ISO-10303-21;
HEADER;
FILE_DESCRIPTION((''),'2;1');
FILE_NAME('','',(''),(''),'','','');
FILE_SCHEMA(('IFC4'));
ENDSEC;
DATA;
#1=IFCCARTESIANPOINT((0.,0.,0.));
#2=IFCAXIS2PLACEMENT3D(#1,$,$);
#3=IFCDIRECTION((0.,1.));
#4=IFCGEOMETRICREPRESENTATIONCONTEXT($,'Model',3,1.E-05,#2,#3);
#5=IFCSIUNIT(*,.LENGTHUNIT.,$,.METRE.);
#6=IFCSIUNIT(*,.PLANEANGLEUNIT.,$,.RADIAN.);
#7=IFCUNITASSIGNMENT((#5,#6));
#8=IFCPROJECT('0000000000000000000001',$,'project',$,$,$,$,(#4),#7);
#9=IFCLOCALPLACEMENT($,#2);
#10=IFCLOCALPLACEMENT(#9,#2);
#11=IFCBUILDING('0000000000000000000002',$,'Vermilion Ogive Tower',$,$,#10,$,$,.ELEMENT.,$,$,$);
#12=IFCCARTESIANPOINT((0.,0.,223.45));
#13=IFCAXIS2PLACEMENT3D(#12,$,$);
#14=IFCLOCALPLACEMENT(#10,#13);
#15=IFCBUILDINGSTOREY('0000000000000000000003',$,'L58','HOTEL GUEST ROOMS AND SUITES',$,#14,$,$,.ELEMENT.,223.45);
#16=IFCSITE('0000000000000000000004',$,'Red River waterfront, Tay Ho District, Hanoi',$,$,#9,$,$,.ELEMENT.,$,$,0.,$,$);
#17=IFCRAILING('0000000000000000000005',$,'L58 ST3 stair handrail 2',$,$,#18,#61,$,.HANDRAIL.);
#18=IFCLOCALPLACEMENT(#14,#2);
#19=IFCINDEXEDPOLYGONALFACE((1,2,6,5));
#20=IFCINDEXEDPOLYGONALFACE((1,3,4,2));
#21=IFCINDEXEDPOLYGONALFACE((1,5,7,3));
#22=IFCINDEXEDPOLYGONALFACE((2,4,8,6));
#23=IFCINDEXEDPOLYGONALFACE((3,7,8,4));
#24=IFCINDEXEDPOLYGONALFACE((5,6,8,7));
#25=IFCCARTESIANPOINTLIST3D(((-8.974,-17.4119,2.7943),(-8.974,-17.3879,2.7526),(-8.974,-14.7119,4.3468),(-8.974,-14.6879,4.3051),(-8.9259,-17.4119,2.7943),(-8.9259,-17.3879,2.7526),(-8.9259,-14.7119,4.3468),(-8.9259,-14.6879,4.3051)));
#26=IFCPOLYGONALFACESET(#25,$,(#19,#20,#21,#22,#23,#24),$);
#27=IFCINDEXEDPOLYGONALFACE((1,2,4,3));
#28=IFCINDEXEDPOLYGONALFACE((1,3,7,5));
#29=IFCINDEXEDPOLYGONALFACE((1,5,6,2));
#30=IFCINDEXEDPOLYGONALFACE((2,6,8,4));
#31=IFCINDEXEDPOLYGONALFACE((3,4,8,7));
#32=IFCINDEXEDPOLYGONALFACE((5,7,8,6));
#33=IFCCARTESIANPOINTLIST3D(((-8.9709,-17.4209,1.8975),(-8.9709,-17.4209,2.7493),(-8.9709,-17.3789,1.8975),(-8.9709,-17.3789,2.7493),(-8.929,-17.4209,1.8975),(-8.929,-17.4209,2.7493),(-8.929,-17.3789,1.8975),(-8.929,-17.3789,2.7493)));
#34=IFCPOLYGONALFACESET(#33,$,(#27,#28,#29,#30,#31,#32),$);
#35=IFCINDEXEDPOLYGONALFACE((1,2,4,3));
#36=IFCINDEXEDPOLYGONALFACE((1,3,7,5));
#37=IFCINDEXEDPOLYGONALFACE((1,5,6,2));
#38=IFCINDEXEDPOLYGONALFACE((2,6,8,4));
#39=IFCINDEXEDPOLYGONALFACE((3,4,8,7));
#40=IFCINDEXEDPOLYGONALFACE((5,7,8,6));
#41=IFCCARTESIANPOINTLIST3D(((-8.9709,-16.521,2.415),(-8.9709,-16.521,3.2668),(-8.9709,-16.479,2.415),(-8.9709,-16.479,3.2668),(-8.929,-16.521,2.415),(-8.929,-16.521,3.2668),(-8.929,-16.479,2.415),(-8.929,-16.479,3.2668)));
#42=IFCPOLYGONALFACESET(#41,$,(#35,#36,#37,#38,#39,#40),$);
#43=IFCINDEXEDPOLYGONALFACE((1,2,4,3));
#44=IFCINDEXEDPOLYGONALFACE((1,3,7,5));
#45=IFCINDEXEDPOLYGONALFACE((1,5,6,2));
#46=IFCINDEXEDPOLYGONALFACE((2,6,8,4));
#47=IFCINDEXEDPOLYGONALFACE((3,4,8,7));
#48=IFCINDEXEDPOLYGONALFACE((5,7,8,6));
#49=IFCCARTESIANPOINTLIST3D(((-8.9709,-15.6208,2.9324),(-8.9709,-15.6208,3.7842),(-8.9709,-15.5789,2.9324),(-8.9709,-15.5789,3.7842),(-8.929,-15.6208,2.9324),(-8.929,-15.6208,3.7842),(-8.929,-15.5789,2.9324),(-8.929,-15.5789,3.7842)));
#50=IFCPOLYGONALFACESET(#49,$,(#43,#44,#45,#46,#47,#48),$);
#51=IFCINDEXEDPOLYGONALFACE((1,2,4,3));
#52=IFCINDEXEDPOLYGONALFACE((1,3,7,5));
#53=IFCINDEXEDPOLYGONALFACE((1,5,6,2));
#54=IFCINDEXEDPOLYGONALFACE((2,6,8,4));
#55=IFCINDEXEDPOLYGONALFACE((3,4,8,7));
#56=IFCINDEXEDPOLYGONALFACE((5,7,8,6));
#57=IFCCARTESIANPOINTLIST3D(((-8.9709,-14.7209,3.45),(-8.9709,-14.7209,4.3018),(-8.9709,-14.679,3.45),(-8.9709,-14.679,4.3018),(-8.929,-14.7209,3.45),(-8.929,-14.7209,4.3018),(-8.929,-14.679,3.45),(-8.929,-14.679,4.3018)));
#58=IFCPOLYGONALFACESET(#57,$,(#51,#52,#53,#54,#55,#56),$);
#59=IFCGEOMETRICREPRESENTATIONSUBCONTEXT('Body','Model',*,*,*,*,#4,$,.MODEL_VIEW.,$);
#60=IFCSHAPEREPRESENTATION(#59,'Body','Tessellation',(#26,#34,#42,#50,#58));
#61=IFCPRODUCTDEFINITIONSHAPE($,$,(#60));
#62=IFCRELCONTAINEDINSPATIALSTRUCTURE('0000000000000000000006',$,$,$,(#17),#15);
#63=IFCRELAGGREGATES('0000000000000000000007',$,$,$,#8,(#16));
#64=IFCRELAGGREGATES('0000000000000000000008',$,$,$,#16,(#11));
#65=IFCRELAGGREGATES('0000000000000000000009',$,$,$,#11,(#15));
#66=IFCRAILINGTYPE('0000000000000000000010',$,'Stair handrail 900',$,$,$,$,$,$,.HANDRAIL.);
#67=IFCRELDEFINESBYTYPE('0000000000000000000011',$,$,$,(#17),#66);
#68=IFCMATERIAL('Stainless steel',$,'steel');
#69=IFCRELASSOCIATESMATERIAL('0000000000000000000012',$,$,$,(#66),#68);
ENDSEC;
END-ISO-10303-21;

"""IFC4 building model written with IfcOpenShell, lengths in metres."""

from ifc_helpers import new_model, si_unit, direction, frame, origin, origin_2d, place, context, subcontext, project, spatial, rectangle, extrude, material, type_object, element, save


model = new_model("IFC4")

# Units and contexts
model_context = context("Model", 3, precision=1e-05, world=origin(), true_north=direction((0.0, 1.0)))
body_context = subcontext(model_context, "Body", "Model", "MODEL_VIEW")
ifc_project = project(units=[si_unit("LENGTHUNIT", "METRE"), si_unit("PLANEANGLEUNIT", "RADIAN")], contexts=[model_context])

# Site, building, storey
site_placement = place(None, origin())
site = spatial("IfcSite", under=ifc_project, at=site_placement, Name="Red River waterfront, Tay Ho District, Hanoi", CompositionType="ELEMENT", RefElevation=0.0)
building_placement = place(site_placement, origin())
building = spatial("IfcBuilding", under=site, at=building_placement, Name="Vermilion Ogive Tower", CompositionType="ELEMENT")
storey_placement = place(building_placement, frame((0.0, 0.0, 223.45)))
storey = spatial("IfcBuildingStorey", under=building, at=storey_placement, Name="L58", Description="HOTEL GUEST ROOMS AND SUITES", CompositionType="ELEMENT", Elevation=223.45)

# Railing
ifc_material_1 = material(Name="Stainless steel", Category="steel")
railing_type_1 = type_object("IfcRailingType", Name="Stair handrail 900", PredefinedType="HANDRAIL", material=ifc_material_1)
railing_1_placement = place(storey_placement, frame((-8.95, -17.3999, 1.8975)))
element("IfcRailing", 1, at=railing_1_placement, inside=storey, type_object=railing_type_1, Name="L58 ST3 stair handrail 2", PredefinedType="HANDRAIL", context=body_context, shape_type="SweptSolid", body=[
    extrude(rectangle(XDim=0.0481, YDim=0.0481, at=origin_2d()), frame((0.0, 0.0, 0.876), z_axis=(0.0, 0.866904, 0.498476), x_axis=(-1.0, 0.0, 0.0)), (0.0, 0.0, 1.0), 3.1145),
    extrude(rectangle(XDim=0.042, YDim=0.042, at=origin_2d()), origin(), (0.0, 0.0, 1.0), 0.8518),
    extrude(rectangle(XDim=0.042, YDim=0.042, at=origin_2d()), frame((0.0, 0.8999, 0.5176)), (0.0, 0.0, 1.0), 0.8518),
    extrude(rectangle(XDim=0.042, YDim=0.042, at=origin_2d()), frame((0.0, 1.8, 1.0349)), (0.0, 0.0, 1.0), 0.8518),
    extrude(rectangle(XDim=0.042, YDim=0.042, at=origin_2d()), frame((0.0, 2.7, 1.5525)), (0.0, 0.0, 1.0), 0.8518),
])

save(model, "model.ifc")
